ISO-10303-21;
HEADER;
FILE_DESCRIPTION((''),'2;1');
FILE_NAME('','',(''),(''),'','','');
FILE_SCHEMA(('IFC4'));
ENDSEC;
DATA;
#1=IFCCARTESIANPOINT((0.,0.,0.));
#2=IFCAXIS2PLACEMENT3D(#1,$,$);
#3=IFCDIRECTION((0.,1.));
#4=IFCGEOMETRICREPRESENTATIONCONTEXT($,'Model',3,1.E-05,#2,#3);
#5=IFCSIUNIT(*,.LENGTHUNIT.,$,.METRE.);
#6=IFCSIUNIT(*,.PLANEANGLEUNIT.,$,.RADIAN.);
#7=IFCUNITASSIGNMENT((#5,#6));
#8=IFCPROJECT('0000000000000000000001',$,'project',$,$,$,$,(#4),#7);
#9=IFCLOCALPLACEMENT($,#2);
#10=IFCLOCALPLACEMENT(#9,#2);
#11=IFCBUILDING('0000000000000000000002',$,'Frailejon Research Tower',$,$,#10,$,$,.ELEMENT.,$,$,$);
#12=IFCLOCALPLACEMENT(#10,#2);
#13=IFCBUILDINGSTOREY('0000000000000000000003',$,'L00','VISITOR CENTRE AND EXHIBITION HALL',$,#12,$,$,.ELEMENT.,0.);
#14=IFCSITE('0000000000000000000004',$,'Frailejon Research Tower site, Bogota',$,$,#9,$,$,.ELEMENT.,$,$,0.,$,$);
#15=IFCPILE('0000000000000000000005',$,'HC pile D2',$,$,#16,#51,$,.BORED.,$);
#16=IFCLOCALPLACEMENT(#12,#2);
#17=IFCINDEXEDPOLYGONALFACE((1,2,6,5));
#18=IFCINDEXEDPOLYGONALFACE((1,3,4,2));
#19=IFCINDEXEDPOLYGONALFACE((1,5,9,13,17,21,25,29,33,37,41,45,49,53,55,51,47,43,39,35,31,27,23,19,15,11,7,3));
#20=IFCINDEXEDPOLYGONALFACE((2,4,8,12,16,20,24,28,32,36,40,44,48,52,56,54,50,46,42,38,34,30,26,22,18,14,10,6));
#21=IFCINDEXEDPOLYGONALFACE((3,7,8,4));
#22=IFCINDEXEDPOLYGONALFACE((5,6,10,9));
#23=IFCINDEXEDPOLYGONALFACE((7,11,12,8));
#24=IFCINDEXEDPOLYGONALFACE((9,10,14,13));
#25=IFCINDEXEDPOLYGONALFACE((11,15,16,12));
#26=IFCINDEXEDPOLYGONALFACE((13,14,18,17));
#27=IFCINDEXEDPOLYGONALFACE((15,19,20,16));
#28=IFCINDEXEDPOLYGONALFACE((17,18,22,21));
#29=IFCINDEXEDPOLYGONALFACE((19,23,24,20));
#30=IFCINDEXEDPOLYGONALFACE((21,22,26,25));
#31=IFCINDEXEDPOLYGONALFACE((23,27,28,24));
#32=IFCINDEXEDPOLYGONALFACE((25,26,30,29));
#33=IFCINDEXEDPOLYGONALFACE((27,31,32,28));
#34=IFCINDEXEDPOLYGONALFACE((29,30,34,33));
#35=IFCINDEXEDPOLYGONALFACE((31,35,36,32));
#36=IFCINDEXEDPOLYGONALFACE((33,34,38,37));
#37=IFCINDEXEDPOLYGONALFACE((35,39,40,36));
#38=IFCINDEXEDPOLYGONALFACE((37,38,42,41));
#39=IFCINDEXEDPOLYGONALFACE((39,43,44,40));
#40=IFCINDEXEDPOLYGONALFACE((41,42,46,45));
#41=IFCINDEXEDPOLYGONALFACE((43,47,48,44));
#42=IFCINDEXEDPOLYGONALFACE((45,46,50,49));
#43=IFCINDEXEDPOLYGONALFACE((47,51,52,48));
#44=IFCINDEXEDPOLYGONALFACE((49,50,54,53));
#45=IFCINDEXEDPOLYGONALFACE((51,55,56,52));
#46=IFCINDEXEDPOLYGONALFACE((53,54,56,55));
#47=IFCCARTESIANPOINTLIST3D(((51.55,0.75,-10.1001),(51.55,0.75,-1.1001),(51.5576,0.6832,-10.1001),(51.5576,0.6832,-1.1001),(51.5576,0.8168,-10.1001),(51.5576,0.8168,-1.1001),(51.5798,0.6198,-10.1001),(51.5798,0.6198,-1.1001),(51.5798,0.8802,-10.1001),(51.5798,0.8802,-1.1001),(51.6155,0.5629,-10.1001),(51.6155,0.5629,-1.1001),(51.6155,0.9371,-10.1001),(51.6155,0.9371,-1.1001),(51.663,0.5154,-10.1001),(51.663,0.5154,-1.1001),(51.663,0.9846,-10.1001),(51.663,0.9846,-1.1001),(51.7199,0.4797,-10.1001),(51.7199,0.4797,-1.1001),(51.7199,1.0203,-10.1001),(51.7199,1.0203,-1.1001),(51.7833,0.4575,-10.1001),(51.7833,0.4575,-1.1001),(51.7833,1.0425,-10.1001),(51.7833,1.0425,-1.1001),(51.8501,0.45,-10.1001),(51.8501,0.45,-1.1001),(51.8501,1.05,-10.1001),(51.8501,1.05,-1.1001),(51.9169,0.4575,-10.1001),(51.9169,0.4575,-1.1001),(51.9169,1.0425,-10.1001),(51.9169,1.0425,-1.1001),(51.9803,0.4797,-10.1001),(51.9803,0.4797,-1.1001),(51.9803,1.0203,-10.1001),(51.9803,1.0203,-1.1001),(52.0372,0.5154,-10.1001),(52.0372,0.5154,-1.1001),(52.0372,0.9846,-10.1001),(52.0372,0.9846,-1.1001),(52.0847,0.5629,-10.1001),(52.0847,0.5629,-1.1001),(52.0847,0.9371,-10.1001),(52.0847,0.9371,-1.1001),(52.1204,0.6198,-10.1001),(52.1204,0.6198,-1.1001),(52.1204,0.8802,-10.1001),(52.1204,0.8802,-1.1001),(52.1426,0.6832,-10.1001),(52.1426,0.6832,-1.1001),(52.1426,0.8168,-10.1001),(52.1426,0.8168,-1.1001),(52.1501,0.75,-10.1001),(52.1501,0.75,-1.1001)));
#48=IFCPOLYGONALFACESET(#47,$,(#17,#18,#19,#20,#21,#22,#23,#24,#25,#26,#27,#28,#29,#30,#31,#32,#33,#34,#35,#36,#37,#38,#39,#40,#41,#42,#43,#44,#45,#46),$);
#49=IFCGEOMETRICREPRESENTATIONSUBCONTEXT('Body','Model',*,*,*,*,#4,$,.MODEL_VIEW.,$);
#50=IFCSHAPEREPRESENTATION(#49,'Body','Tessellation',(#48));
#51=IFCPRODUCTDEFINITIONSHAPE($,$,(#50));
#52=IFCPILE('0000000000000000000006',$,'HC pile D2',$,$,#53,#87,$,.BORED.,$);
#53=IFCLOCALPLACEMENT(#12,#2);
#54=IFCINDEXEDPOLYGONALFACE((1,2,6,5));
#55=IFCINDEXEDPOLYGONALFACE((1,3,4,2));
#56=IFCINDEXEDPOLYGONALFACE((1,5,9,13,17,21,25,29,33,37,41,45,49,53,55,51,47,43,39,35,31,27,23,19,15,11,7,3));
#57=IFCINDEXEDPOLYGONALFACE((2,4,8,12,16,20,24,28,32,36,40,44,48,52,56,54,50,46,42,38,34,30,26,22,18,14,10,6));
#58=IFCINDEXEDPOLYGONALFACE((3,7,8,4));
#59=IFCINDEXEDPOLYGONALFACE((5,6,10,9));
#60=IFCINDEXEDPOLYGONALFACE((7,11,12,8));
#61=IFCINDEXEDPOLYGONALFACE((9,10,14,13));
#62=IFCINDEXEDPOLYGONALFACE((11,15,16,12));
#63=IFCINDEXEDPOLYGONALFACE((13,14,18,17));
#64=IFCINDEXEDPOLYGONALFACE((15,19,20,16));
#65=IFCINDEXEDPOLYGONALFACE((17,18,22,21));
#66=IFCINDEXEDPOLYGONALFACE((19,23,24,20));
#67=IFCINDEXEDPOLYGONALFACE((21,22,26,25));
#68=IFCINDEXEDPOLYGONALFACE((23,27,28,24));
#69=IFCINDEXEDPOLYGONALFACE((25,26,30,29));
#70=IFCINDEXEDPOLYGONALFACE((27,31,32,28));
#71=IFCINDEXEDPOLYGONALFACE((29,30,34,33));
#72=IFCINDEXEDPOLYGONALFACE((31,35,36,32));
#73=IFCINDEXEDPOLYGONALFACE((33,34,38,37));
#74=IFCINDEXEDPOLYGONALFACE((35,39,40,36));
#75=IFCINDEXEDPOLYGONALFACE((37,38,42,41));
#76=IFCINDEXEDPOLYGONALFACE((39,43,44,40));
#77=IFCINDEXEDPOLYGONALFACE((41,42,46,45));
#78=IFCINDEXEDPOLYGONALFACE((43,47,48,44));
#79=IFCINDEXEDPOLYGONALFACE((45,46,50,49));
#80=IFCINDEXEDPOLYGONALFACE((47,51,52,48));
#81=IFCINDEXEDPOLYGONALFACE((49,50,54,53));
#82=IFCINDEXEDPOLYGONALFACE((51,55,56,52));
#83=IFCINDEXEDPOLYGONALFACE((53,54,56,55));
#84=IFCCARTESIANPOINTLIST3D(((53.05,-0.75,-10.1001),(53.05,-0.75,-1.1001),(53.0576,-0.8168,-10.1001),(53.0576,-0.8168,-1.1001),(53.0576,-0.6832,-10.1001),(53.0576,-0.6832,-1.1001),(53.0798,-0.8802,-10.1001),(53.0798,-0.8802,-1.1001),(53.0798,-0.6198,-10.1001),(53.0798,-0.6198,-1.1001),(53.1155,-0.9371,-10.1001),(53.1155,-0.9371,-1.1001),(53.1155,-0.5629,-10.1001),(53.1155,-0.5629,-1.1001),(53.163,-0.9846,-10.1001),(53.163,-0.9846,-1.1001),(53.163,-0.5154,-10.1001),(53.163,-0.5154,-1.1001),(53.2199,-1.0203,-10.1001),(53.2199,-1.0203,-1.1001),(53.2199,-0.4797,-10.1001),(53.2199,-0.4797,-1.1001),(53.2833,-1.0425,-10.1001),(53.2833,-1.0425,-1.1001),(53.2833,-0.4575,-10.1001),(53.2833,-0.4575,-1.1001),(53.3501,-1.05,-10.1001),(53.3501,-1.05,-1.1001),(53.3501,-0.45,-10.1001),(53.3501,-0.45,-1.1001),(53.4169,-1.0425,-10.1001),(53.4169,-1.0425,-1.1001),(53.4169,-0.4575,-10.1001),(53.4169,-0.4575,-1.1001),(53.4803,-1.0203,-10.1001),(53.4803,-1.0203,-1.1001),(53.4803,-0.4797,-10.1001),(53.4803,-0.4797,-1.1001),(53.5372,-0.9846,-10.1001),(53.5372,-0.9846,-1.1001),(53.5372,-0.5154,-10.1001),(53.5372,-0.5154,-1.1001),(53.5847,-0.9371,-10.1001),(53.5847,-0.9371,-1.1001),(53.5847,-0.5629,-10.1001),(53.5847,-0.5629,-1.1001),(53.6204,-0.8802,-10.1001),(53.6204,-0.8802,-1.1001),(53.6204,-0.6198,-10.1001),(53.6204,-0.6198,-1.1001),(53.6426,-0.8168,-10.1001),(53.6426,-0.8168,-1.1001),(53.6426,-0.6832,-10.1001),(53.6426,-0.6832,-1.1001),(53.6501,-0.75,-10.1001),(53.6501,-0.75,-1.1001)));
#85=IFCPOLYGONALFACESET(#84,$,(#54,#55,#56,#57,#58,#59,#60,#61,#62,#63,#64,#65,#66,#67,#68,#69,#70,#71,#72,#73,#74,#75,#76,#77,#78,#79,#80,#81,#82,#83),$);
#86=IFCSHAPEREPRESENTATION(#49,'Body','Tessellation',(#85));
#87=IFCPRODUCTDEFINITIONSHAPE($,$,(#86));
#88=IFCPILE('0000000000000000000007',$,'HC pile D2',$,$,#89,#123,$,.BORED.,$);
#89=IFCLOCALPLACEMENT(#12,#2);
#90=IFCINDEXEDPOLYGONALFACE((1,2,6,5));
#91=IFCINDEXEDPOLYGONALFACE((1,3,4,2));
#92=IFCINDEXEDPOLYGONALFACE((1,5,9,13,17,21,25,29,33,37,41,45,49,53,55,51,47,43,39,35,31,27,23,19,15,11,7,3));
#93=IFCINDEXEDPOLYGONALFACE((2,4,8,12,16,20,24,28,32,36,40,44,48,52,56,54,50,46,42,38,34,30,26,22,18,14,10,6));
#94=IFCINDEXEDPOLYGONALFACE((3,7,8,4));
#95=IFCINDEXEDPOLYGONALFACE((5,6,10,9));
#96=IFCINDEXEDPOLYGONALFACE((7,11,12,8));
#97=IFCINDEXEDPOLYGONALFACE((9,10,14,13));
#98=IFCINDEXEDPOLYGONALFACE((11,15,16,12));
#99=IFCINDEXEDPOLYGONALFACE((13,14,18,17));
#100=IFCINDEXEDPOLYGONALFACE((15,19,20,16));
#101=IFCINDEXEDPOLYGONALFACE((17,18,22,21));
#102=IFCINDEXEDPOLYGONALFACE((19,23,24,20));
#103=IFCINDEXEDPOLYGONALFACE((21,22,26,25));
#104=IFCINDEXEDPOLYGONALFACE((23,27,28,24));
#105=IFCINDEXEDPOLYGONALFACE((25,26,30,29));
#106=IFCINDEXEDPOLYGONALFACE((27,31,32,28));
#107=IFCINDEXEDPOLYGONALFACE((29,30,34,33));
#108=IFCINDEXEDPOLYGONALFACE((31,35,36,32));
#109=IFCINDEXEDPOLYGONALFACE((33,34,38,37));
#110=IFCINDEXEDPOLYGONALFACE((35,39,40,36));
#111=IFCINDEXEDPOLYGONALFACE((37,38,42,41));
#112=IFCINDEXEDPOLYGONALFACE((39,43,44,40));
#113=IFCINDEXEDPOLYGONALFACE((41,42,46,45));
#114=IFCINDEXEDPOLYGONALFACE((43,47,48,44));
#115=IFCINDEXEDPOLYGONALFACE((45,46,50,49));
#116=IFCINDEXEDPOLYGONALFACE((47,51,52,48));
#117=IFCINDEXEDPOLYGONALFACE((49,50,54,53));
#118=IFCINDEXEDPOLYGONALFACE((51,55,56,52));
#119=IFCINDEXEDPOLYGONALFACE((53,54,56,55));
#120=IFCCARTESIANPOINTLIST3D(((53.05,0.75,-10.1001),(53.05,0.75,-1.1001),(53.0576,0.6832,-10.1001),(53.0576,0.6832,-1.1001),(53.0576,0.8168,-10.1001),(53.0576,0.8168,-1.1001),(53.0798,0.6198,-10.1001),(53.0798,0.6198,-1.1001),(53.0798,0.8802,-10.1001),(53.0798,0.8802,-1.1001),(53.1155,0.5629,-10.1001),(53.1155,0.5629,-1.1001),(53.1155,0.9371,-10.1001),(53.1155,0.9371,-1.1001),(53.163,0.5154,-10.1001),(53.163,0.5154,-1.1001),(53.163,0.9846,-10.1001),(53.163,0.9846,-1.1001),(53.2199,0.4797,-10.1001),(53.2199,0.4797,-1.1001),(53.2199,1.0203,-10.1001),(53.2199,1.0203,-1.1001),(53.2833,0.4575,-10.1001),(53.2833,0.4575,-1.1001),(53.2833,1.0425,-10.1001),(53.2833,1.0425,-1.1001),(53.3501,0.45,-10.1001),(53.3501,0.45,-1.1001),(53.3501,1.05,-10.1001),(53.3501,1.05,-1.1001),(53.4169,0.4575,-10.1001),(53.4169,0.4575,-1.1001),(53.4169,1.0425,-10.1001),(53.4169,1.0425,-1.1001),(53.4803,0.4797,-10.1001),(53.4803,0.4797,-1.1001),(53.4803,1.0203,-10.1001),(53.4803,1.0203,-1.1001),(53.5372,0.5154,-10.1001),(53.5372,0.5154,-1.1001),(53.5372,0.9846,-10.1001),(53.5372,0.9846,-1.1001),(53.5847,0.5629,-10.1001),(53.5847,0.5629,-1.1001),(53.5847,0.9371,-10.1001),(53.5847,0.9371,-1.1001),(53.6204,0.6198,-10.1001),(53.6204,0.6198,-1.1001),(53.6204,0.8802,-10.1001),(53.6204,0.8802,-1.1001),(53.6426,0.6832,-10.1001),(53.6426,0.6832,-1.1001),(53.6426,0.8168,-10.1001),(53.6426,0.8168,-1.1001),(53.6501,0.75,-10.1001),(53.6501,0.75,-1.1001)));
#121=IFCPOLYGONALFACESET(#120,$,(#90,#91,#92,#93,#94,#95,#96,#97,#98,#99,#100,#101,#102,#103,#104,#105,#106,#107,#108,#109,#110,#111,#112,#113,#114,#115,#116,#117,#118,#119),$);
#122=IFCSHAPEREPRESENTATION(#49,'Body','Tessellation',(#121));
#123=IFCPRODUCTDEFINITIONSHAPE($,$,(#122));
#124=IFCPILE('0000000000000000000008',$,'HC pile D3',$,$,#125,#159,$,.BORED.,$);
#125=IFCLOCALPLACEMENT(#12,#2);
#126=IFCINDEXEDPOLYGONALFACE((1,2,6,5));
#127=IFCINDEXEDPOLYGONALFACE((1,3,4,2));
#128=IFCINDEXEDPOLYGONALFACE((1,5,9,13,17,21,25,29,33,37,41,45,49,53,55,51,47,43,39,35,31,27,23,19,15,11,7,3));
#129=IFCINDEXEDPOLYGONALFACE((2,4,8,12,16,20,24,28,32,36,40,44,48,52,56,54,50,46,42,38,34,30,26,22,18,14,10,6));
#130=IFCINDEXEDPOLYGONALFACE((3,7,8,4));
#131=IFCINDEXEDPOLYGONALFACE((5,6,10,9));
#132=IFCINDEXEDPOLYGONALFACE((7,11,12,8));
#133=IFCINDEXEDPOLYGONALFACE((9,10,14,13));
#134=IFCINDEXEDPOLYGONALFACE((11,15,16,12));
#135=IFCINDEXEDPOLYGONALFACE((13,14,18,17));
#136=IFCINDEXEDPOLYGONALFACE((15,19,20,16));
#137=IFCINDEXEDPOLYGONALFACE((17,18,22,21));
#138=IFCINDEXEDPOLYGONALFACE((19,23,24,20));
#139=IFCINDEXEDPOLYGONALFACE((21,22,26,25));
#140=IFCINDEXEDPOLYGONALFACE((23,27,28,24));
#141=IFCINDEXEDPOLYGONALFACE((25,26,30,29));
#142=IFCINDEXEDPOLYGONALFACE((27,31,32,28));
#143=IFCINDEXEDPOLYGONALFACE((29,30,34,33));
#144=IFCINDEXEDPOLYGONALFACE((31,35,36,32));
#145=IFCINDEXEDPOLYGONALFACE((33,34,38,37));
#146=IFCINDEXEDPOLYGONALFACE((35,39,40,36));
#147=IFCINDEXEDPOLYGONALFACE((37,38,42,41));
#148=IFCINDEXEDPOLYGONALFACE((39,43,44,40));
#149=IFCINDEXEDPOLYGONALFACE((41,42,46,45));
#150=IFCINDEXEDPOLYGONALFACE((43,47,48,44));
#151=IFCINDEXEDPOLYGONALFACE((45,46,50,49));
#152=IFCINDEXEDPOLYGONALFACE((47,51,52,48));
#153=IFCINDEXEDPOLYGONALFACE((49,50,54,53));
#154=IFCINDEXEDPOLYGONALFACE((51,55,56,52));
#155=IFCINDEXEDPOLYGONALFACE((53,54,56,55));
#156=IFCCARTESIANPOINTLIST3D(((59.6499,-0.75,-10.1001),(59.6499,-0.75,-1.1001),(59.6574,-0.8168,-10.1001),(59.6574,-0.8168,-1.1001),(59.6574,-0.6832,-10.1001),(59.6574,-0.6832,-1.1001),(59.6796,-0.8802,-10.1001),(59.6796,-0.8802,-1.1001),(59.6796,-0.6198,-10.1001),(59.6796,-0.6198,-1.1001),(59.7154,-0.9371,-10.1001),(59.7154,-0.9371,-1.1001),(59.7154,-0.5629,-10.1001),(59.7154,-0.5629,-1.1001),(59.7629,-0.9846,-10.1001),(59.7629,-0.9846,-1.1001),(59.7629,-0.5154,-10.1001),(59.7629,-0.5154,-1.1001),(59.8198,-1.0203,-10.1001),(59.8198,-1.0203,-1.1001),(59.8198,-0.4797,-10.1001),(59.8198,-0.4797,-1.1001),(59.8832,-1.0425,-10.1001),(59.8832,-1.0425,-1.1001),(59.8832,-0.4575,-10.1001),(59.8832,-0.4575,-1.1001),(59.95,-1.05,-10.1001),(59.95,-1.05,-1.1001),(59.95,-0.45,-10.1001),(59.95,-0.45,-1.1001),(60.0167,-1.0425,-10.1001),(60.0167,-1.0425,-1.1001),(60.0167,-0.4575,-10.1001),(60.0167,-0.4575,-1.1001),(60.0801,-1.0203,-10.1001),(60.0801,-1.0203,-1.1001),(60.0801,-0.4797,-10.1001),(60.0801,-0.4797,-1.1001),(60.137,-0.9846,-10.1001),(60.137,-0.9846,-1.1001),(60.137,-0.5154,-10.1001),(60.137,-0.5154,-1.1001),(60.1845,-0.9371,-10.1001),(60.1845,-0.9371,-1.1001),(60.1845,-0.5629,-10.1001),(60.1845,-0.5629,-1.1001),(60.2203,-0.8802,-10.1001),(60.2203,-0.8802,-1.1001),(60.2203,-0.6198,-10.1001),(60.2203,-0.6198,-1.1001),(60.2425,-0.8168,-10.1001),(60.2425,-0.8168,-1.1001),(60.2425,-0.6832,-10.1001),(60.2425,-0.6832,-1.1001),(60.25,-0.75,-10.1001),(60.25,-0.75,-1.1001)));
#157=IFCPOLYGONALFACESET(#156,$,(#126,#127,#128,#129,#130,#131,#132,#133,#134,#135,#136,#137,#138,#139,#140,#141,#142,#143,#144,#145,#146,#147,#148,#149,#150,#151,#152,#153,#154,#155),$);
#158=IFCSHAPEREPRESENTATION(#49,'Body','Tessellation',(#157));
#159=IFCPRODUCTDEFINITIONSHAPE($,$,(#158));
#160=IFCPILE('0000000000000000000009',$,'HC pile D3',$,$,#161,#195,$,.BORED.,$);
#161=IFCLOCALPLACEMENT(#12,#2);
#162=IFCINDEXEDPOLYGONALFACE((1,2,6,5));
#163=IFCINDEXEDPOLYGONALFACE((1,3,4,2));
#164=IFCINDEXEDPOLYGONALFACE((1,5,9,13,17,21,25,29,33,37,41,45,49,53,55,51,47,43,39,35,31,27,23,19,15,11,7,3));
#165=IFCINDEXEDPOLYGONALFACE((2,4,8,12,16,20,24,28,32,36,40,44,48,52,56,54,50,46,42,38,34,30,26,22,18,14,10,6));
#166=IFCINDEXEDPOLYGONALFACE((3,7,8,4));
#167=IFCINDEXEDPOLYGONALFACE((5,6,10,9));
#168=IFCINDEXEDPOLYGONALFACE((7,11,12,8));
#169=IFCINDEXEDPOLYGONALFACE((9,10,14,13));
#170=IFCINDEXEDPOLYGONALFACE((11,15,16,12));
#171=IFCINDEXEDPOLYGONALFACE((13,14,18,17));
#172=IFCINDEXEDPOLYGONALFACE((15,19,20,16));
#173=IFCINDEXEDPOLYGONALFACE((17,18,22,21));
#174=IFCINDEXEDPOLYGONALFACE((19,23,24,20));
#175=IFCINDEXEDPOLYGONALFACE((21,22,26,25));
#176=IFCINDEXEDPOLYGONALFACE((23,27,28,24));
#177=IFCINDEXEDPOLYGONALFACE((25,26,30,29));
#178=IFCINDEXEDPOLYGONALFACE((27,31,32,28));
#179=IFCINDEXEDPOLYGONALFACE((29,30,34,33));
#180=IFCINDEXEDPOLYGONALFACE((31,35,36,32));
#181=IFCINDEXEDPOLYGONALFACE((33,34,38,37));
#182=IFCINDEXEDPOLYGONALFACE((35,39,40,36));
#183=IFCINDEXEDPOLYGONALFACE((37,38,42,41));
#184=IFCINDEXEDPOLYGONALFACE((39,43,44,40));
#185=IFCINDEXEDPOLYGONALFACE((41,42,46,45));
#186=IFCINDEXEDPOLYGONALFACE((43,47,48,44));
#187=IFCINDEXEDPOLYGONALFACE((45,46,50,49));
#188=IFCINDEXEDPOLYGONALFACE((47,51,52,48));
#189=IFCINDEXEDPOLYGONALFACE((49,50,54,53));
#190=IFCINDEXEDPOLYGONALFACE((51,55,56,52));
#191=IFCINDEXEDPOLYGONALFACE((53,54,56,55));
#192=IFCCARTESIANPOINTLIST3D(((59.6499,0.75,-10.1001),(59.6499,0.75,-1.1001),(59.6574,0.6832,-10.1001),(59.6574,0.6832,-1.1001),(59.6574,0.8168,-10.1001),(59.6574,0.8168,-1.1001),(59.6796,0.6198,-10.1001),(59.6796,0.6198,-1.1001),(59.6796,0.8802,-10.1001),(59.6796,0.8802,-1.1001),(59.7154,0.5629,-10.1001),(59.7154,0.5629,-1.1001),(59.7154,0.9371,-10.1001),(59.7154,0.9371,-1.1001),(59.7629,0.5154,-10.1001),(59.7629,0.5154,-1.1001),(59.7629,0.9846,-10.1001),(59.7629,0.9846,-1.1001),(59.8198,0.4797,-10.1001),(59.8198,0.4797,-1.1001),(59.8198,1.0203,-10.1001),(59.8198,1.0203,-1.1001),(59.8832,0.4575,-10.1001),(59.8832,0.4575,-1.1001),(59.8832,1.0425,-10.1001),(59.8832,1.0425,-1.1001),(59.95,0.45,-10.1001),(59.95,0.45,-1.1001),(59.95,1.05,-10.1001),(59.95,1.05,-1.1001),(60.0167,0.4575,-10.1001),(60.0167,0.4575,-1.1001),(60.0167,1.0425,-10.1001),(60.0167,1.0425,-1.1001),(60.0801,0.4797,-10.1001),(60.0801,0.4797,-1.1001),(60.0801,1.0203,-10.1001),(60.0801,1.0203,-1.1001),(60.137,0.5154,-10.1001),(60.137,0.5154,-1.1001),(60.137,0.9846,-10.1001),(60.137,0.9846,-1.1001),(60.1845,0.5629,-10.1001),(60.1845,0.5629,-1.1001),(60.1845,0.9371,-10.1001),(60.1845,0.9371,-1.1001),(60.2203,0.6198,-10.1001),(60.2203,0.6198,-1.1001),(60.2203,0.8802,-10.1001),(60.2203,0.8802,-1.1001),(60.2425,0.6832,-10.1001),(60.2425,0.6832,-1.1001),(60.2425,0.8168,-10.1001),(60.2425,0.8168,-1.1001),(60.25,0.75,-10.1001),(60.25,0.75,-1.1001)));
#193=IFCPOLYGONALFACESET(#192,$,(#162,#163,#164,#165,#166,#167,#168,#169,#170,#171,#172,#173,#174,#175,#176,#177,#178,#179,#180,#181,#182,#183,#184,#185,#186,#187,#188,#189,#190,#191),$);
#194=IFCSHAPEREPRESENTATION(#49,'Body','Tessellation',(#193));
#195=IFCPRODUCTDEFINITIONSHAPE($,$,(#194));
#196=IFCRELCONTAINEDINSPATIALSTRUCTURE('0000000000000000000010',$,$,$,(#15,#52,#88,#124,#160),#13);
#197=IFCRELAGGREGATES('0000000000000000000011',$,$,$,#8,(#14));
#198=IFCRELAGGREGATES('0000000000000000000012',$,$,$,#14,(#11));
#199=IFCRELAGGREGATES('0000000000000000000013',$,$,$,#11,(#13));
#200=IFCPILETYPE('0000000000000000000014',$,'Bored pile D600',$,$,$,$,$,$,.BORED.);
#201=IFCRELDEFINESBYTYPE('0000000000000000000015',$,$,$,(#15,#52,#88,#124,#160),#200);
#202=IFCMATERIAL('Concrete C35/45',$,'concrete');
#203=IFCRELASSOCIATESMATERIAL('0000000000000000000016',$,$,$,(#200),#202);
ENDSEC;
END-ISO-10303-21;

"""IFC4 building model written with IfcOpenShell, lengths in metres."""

from ifc_helpers import new_model, si_unit, direction, frame, origin, origin_2d, place, context, subcontext, project, spatial, circle, extrude, material, material_profile, profile_set, type_object, element, save


model = new_model("IFC4")

# Units and contexts
model_context = context("Model", 3, precision=1e-05, world=origin(), true_north=direction((0.0, 1.0)))
body_context = subcontext(model_context, "Body", "Model", "MODEL_VIEW")
ifc_project = project(units=[si_unit("LENGTHUNIT", "METRE"), si_unit("PLANEANGLEUNIT", "RADIAN")], contexts=[model_context])

# Site, building, storey
site_placement = place(None, origin())
site = spatial("IfcSite", under=ifc_project, at=site_placement, Name="Frailejon Research Tower site, Bogota", CompositionType="ELEMENT", RefElevation=0.0)
building_placement = place(site_placement, origin())
building = spatial("IfcBuilding", under=site, at=building_placement, Name="Frailejon Research Tower", CompositionType="ELEMENT")
storey_placement = place(building_placement, origin())
storey = spatial("IfcBuildingStorey", under=building, at=storey_placement, Name="L00", Description="VISITOR CENTRE AND EXHIBITION HALL", CompositionType="ELEMENT", Elevation=0.0)

# Piles
ifc_material_1 = material(Name="Concrete C35/45", Category="concrete")
ifc_material_profile_1 = material_profile(ifc_material_1, circle(Radius=0.3, at=origin_2d()), Name="Bored pile D600")
ifc_profile_set_1 = profile_set([ifc_material_profile_1], Name="Concrete C35/45")
pile_type = type_object("IfcPileType", Name="Bored pile D600", PredefinedType="BORED", material=ifc_profile_set_1)
for number, where, z_axis, x_axis, name in (
    (1, (51.8501, 0.75, -1.1001), (0.0, 0.0, -1.0), (1.0, 0.0, 0.0), "HC pile D2"),
    (2, (53.3501, -0.75, -1.1001), (0.0, 0.0, -1.0), (1.0, 0.0, 0.0), "HC pile D2"),
    (3, (53.3501, 0.75, -1.1001), (0.0, 0.0, -1.0), (1.0, 0.0, 0.0), "HC pile D2"),
    (4, (59.95, -0.75, -1.1001), (0.0, 0.0, -1.0), (1.0, 0.0, 0.0), "HC pile D3"),
    (5, (59.95, 0.75, -1.1001), (0.0, 0.0, -1.0), (1.0, 0.0, 0.0), "HC pile D3"),
):
    element("IfcPile", number, at=place(storey_placement, frame(where, z_axis=z_axis, x_axis=x_axis)), inside=storey, type_object=pile_type, Name=name, PredefinedType="BORED", context=body_context, shape_type="SweptSolid", body=[
        extrude(circle(Radius=0.3, at=origin_2d()), origin(), (0.0, 0.0, 1.0), 9.0),
    ])

save(model, "model.ifc")
